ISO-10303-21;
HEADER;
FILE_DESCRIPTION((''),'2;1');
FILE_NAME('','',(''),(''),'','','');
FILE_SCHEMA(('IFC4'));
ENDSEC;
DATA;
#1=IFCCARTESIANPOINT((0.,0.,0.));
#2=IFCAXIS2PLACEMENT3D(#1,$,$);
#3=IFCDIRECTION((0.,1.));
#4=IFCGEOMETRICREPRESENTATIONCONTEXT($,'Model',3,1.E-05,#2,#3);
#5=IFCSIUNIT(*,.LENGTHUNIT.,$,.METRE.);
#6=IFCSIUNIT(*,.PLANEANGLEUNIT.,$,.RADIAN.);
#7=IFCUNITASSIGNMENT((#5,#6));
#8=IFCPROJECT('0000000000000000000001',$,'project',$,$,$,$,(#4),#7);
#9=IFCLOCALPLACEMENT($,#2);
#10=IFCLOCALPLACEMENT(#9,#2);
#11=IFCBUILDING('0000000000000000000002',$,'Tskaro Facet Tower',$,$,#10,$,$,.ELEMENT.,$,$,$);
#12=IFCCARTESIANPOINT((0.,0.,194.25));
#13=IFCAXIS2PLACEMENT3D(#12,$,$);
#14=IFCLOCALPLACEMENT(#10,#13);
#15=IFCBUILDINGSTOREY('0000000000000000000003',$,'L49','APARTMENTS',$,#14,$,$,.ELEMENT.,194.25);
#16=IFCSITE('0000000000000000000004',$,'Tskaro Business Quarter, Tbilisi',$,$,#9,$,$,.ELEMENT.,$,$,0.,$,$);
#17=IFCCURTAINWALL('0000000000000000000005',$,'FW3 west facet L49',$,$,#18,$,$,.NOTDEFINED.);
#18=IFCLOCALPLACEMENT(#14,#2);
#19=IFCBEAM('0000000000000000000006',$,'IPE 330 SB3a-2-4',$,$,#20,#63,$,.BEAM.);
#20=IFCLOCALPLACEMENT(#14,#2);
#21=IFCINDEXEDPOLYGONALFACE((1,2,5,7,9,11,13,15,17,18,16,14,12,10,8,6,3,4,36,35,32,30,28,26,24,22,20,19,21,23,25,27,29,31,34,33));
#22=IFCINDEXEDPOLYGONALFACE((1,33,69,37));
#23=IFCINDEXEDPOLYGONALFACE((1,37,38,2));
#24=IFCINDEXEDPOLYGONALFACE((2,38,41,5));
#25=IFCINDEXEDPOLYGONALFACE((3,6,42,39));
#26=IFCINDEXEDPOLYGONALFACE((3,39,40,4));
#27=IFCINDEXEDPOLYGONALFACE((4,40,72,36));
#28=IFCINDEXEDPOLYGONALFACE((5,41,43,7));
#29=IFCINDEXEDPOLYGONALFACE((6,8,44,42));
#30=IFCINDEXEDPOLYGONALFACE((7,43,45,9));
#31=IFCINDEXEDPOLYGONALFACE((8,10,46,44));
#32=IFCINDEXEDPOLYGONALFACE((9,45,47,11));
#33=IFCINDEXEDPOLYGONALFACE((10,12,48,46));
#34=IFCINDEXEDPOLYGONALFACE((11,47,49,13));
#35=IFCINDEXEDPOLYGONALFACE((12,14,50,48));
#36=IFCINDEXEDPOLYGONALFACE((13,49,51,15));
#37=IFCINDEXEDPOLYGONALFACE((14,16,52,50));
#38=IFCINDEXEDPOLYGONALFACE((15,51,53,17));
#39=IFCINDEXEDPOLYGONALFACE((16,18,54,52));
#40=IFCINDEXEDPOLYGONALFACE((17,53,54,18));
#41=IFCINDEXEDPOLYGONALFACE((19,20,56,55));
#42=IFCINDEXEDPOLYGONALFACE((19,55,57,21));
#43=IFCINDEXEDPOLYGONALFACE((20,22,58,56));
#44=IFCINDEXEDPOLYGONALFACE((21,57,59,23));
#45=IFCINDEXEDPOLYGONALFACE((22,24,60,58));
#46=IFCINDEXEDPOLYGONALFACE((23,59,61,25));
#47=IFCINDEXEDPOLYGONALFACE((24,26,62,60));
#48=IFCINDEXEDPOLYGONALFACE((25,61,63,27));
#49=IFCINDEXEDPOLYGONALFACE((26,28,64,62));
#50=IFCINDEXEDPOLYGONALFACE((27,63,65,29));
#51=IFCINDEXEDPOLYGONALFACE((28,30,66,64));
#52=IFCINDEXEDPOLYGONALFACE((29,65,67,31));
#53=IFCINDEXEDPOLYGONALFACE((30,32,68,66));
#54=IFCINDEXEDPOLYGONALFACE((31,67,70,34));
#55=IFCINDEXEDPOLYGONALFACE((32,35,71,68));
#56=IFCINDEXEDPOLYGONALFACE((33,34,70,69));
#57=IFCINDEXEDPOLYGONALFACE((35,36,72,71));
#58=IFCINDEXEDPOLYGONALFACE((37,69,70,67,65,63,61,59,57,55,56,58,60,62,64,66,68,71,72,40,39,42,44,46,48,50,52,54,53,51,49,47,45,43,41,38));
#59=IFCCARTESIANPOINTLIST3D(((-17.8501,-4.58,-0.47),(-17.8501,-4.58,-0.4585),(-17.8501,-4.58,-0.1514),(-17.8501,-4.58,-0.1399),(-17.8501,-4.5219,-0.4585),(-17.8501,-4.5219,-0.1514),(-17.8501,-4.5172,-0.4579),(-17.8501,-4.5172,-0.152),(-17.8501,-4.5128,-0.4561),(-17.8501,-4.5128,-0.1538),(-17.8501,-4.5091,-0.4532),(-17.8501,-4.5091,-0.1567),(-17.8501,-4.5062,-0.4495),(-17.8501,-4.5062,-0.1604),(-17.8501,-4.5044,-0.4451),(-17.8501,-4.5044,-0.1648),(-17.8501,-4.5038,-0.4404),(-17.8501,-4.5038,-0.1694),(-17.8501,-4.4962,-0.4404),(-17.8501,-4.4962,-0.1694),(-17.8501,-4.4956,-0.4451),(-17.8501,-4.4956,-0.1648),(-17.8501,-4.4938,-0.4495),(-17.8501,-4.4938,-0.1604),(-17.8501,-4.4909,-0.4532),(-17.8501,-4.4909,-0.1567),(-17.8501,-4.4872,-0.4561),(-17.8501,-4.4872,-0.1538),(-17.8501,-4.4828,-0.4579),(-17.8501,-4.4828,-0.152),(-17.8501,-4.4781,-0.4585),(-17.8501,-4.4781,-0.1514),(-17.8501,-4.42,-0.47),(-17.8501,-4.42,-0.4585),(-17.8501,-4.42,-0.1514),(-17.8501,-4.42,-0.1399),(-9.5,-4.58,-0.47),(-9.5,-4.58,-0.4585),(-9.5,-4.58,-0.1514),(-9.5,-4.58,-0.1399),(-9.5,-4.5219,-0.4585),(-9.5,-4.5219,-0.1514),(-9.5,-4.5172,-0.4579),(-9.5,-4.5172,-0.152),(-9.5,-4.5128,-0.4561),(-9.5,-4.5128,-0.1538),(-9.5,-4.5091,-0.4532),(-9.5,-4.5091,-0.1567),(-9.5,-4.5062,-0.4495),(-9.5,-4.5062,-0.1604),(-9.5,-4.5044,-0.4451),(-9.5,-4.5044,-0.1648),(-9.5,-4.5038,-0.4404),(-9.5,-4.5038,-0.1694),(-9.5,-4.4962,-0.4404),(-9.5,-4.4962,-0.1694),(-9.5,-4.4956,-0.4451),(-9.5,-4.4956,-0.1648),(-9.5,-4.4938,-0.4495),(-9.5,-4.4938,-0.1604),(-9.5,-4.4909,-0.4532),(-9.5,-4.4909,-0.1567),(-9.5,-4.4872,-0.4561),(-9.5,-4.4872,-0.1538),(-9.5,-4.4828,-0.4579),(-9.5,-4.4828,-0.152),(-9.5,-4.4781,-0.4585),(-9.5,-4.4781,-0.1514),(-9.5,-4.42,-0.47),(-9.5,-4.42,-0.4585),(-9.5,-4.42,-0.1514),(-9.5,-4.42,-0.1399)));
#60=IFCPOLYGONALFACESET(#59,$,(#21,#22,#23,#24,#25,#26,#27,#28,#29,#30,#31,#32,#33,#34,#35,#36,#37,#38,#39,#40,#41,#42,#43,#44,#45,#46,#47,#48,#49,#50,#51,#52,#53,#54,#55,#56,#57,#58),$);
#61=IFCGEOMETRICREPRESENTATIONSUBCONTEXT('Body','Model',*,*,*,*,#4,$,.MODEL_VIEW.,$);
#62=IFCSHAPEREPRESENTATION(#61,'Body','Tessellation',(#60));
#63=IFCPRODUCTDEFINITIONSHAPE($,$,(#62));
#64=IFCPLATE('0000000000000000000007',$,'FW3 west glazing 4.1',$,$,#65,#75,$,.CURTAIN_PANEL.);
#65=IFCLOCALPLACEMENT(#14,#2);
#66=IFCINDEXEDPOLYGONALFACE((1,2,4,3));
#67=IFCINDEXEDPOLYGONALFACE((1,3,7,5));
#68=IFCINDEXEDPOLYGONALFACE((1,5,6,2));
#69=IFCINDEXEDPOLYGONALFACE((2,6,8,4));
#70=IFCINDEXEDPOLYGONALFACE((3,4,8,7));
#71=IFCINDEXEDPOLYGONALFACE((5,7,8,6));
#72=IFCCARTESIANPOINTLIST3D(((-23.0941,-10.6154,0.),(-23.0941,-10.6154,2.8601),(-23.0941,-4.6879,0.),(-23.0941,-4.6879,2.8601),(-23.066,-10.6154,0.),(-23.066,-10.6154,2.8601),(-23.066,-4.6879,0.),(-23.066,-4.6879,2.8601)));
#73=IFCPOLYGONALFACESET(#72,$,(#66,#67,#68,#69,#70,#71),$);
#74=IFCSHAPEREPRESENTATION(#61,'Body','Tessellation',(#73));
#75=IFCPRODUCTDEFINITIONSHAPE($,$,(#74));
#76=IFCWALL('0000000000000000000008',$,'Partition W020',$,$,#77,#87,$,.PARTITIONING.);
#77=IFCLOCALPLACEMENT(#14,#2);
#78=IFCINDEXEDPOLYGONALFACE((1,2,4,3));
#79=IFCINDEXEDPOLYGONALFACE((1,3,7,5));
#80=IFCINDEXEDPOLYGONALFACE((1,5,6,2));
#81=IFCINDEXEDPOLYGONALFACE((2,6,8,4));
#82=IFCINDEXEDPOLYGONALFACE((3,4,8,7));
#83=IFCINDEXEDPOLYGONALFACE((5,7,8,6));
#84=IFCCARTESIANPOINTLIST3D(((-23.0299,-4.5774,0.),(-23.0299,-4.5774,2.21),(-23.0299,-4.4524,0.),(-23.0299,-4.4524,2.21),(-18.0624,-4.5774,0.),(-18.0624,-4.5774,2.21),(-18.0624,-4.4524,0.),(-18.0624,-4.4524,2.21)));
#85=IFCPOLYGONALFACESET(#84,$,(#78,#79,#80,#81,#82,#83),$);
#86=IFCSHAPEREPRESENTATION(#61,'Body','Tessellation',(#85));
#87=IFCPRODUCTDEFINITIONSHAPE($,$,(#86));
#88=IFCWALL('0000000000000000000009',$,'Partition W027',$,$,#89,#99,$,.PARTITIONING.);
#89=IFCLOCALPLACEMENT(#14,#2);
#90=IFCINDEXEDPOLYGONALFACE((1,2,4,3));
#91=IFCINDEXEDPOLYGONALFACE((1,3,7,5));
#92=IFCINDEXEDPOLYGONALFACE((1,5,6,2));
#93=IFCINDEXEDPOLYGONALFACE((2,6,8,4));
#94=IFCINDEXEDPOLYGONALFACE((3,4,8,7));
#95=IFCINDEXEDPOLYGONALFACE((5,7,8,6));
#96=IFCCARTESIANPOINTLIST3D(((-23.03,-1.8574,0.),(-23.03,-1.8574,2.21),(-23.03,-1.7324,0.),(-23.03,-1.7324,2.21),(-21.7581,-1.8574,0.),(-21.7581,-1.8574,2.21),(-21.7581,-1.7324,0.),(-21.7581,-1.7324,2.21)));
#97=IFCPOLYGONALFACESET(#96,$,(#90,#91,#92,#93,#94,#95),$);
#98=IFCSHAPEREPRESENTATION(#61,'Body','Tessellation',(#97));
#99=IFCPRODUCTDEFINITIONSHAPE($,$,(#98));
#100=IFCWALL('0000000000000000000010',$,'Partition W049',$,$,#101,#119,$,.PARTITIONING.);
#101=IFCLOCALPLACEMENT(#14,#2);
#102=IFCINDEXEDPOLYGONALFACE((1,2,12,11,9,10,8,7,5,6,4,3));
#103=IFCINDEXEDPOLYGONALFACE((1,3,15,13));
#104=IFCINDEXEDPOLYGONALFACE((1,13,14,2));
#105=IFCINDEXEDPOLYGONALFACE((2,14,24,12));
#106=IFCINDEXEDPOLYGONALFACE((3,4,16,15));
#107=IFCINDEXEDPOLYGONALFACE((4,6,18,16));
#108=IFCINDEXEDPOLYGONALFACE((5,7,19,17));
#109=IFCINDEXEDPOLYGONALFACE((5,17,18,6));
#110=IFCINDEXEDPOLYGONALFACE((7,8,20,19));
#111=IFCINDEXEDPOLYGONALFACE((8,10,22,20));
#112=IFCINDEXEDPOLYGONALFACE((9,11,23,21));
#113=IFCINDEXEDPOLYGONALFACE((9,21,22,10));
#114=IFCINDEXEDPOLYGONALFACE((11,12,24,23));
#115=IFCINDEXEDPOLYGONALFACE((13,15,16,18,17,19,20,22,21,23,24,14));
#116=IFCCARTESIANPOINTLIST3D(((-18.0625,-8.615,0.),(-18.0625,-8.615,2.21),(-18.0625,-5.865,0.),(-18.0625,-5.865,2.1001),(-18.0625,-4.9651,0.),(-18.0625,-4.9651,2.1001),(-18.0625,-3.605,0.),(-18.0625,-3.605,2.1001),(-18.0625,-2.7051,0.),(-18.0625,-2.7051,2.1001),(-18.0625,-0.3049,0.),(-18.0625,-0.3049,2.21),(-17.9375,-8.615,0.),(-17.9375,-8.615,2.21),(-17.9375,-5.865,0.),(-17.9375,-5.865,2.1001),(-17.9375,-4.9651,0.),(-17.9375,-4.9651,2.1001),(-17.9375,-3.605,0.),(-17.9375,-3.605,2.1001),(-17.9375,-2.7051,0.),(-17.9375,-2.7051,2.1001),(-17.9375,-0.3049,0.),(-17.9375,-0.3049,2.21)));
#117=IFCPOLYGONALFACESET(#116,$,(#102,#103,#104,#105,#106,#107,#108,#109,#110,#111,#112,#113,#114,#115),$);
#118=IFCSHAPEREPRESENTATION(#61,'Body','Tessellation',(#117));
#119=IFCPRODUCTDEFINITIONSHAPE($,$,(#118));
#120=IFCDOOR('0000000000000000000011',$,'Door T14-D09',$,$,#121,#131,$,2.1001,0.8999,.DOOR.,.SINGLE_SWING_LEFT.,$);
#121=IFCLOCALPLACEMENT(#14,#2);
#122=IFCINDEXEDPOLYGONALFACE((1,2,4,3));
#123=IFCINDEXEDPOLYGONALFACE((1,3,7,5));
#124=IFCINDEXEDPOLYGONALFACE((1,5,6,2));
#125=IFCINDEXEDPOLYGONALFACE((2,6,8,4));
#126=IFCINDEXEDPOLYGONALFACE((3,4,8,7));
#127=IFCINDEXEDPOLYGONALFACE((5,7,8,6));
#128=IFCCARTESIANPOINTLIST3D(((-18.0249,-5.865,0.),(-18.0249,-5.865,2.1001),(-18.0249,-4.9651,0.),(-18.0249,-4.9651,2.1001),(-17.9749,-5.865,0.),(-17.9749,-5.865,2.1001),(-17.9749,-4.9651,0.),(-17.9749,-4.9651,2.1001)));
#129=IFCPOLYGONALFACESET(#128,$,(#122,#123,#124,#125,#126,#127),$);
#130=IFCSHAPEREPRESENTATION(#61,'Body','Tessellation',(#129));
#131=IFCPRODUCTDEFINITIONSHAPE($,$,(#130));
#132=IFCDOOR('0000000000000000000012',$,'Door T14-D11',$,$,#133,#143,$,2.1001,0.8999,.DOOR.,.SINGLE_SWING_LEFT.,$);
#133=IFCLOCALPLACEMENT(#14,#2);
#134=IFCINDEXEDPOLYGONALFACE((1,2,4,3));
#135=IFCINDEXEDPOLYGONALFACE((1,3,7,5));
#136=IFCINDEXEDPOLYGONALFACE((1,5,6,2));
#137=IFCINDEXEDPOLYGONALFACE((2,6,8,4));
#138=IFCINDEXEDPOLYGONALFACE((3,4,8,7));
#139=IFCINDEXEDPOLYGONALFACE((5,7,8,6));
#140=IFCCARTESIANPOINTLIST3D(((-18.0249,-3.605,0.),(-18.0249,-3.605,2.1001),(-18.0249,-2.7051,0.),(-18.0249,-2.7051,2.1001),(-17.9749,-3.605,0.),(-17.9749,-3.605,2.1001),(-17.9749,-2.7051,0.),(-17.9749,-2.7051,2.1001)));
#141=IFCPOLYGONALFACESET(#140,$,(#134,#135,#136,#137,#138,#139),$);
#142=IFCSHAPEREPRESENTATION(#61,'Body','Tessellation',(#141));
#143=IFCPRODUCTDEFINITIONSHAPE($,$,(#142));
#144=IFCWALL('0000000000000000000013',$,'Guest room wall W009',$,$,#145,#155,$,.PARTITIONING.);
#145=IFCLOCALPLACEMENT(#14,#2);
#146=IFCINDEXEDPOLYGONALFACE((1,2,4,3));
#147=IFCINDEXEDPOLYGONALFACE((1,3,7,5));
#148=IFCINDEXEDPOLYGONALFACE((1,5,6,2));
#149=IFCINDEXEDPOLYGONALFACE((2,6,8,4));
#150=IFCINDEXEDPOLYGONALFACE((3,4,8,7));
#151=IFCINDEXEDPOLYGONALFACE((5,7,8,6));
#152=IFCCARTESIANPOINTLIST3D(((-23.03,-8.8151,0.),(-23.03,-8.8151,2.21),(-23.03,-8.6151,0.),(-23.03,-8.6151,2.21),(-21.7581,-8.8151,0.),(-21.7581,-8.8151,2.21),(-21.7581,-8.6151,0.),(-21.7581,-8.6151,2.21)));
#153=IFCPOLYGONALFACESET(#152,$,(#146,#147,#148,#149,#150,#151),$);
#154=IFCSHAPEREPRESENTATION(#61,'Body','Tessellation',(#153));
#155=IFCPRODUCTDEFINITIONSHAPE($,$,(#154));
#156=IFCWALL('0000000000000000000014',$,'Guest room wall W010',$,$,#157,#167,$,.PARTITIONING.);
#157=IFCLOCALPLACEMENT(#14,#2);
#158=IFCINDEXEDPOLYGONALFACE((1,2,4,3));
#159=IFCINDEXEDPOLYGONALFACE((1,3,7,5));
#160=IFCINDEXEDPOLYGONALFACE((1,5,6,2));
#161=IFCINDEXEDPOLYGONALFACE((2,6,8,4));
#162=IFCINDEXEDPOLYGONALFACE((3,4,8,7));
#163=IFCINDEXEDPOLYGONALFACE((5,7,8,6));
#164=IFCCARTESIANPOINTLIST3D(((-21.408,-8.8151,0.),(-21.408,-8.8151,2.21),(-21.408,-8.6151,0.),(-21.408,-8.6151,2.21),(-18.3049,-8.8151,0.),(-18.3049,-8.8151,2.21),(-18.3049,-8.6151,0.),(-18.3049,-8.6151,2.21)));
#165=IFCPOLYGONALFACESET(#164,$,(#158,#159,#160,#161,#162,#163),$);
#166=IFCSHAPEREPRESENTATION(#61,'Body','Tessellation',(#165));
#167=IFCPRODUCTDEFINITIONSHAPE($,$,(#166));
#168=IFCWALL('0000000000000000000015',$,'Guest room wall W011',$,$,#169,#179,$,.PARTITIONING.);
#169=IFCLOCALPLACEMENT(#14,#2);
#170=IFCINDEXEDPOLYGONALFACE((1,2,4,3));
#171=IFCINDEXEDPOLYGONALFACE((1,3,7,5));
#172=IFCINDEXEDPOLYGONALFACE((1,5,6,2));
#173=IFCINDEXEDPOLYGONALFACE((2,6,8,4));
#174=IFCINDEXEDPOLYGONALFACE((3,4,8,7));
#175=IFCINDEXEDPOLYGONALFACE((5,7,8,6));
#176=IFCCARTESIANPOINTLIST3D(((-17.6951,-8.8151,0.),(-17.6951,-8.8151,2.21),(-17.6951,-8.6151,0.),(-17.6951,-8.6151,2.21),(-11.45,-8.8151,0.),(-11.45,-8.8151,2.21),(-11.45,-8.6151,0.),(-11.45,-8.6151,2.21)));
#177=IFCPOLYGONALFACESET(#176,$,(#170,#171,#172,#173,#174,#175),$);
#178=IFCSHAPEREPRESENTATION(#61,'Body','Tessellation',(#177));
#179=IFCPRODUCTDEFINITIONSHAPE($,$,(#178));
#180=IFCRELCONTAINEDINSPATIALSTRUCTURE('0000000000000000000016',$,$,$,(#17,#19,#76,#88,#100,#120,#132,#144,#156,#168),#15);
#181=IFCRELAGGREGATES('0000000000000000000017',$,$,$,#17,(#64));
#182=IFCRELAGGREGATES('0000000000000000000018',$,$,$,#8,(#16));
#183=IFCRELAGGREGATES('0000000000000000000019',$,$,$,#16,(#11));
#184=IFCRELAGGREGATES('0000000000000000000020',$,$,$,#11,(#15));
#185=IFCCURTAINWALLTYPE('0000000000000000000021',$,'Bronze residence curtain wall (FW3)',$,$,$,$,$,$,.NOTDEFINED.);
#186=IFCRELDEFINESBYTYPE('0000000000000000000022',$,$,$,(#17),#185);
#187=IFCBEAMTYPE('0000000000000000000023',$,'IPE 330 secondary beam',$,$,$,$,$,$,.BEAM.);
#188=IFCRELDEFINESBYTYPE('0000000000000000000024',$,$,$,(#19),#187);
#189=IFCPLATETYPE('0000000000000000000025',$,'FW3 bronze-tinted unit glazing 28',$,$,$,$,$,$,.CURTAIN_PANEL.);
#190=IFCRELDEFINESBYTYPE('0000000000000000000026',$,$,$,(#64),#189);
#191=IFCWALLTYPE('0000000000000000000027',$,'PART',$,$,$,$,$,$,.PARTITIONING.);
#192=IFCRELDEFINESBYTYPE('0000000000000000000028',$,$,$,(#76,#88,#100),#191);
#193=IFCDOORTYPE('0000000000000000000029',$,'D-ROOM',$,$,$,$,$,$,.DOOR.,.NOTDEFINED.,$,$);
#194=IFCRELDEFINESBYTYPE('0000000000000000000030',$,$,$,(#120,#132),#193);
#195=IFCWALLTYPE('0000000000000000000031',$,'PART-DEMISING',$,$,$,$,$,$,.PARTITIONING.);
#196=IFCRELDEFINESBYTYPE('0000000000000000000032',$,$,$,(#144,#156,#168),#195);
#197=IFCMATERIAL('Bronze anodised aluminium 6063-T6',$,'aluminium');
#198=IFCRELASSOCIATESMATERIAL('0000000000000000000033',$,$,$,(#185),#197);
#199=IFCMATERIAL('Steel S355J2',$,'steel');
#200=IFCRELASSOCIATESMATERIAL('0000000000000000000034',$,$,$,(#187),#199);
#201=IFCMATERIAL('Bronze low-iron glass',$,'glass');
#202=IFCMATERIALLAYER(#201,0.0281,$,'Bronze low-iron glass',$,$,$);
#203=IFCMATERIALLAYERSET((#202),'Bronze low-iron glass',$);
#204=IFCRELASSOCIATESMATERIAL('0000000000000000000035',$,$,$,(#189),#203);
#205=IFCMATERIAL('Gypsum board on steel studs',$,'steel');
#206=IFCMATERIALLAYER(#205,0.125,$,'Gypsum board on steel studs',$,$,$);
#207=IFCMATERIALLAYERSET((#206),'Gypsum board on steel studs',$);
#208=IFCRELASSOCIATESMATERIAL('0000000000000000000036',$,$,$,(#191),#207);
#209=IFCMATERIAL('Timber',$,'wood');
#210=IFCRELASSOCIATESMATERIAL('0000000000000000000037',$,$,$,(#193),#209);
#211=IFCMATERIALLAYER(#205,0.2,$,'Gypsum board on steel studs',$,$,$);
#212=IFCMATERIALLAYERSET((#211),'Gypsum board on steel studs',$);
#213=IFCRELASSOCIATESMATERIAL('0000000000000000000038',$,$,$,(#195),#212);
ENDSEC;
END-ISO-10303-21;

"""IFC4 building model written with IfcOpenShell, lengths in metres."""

from ifc_helpers import new_model, si_unit, direction, frame, frame_2d, origin, origin_2d, place, context, subcontext, project, spatial, rectangle, i_section, extrude, material, layer, layer_set, material_profile, profile_set, type_object, element, fill, aggregate, save


model = new_model("IFC4")

# Units and contexts
model_context = context("Model", 3, precision=1e-05, world=origin(), true_north=direction((0.0, 1.0)))
body_context = subcontext(model_context, "Body", "Model", "MODEL_VIEW")
ifc_project = project(units=[si_unit("LENGTHUNIT", "METRE"), si_unit("PLANEANGLEUNIT", "RADIAN")], contexts=[model_context])

# Site, building, storey
site_placement = place(None, origin())
site = spatial("IfcSite", under=ifc_project, at=site_placement, Name="Tskaro Business Quarter, Tbilisi", CompositionType="ELEMENT", RefElevation=0.0)
building_placement = place(site_placement, origin())
building = spatial("IfcBuilding", under=site, at=building_placement, Name="Tskaro Facet Tower", CompositionType="ELEMENT")
storey_placement = place(building_placement, frame((0.0, 0.0, 194.25)))
storey = spatial("IfcBuildingStorey", under=building, at=storey_placement, Name="L49", Description="APARTMENTS", CompositionType="ELEMENT", Elevation=194.25)

# Curtain wall
ifc_material_1 = material(Name="Bronze anodised aluminium 6063-T6", Category="aluminium")
curtain_wall_type = type_object("IfcCurtainWallType", Name="Bronze residence curtain wall (FW3)", PredefinedType="NOTDEFINED", material=ifc_material_1)
curtain_wall_placement = place(storey_placement, origin())
curtain_wall = element("IfcCurtainWall", 1, at=curtain_wall_placement, inside=storey, type_object=curtain_wall_type, Name="FW3 west facet L49", PredefinedType="NOTDEFINED")

# Beam
ifc_material_2 = material(Name="Steel S355J2", Category="steel")
ifc_material_profile_1 = material_profile(ifc_material_2, i_section(OverallWidth=0.1599, OverallDepth=0.3301, WebThickness=0.0076, FlangeThickness=0.0115, FilletRadius=0.0181, at=origin_2d()), Name="IPE 330")
ifc_profile_set_1 = profile_set([ifc_material_profile_1], Name="Steel S355J2")
beam_type_1 = type_object("IfcBeamType", Name="IPE 330 secondary beam", PredefinedType="BEAM", material=ifc_profile_set_1)
beam_1_placement = place(storey_placement, frame((-17.8501, -4.5, -0.3049), z_axis=(1.0, 0.0, 0.0), x_axis=(0.0, 1.0, 0.0)))
element("IfcBeam", 2, at=beam_1_placement, inside=storey, type_object=beam_type_1, Name="IPE 330 SB3a-2-4", PredefinedType="BEAM", context=body_context, shape_type="SweptSolid", body=[
    extrude(i_section(OverallWidth=0.1599, OverallDepth=0.3301, WebThickness=0.0076, FlangeThickness=0.0115, FilletRadius=0.0181, at=origin_2d()), origin(), (0.0, 0.0, 1.0), 8.3501),
])

# Plate
ifc_material_3 = material(Name="Bronze low-iron glass", Category="glass")
ifc_layer_1 = layer(ifc_material_3, 0.0281, Name="Bronze low-iron glass")
ifc_layer_set_1 = layer_set([ifc_layer_1], Name="Bronze low-iron glass")
plate_type = type_object("IfcPlateType", Name="FW3 bronze-tinted unit glazing 28", PredefinedType="CURTAIN_PANEL", material=ifc_layer_set_1)
plate_placement = place(storey_placement, frame((-23.0801, -7.6516, 0.0), z_axis=(0.0, 0.0, 1.0), x_axis=(0.0, -1.0, 0.0)))
plate = element("IfcPlate", 3, at=plate_placement, type_object=plate_type, Name="FW3 west glazing 4.1", PredefinedType="CURTAIN_PANEL", context=body_context, shape_type="SweptSolid", body=[
    extrude(rectangle(XDim=5.9275, YDim=0.0281, at=origin_2d()), origin(), (0.0, 0.0, 1.0), 2.8601),
])
aggregate(curtain_wall, [plate])

# Walls
ifc_material_4 = material(Name="Gypsum board on steel studs", Category="steel")
ifc_layer_2 = layer(ifc_material_4, 0.125, Name="Gypsum board on steel studs")
ifc_layer_set_2 = layer_set([ifc_layer_2], Name="Gypsum board on steel studs")
wall_type_1 = type_object("IfcWallType", Name="PART", PredefinedType="PARTITIONING", material=ifc_layer_set_2)
wall_1_placement = place(storey_placement, frame((-23.03, -4.5149, 0.0), z_axis=(0.0, 0.0, 1.0), x_axis=(1.0, 0.0, 0.0)))
element("IfcWall", 4, at=wall_1_placement, inside=storey, type_object=wall_type_1, Name="Partition W020", PredefinedType="PARTITIONING", context=body_context, shape_type="SweptSolid", body=[
    extrude(rectangle(XDim=4.9675, YDim=0.125, at=frame_2d((2.4839, 0.0))), origin(), (0.0, 0.0, 1.0), 2.21),
])
wall_2_placement = place(storey_placement, frame((-23.03, -1.7949, 0.0), z_axis=(0.0, 0.0, 1.0), x_axis=(1.0, 0.0, 0.0)))
element("IfcWall", 5, at=wall_2_placement, inside=storey, type_object=wall_type_1, Name="Partition W027", PredefinedType="PARTITIONING", context=body_context, shape_type="SweptSolid", body=[
    extrude(rectangle(XDim=1.272, YDim=0.125, at=frame_2d((0.636, 0.0))), origin(), (0.0, 0.0, 1.0), 2.21),
])

# Wall, openings, doors
wall_3_placement = place(storey_placement, frame((-18.0, -8.615, 0.0), z_axis=(0.0, 0.0, 1.0), x_axis=(0.0, 1.0, 0.0)))
wall_3 = element("IfcWall", 6, at=wall_3_placement, inside=storey, type_object=wall_type_1, Name="Partition W049", PredefinedType="PARTITIONING", context=body_context, shape_type="SweptSolid", body=[
    extrude(rectangle(XDim=8.3101, YDim=0.125, at=frame_2d((4.155, 0.0))), origin(), (0.0, 0.0, 1.0), 2.21),
])
opening_1_placement = place(wall_3_placement, frame((2.75, 0.0, 0.0)))
opening_1 = element("IfcOpeningElement", 7, at=opening_1_placement, cuts=wall_3, PredefinedType="OPENING", context=body_context, shape_type="SweptSolid", body=[
    extrude(rectangle(XDim=0.8999, YDim=2.1001, at=frame_2d((0.45, 1.05))), frame((0.0, 0.0725, 0.0), z_axis=(0.0, -1.0, 0.0), x_axis=(1.0, 0.0, 0.0)), (0.0, 0.0, 1.0), 0.145),
])
opening_2_placement = place(wall_3_placement, frame((5.01, 0.0, 0.0)))
opening_2 = element("IfcOpeningElement", 8, at=opening_2_placement, cuts=wall_3, PredefinedType="OPENING", context=body_context, shape_type="SweptSolid", body=[
    extrude(rectangle(XDim=0.8999, YDim=2.1001, at=frame_2d((0.45, 1.05))), frame((0.0, 0.0725, 0.0), z_axis=(0.0, -1.0, 0.0), x_axis=(1.0, 0.0, 0.0)), (0.0, 0.0, 1.0), 0.145),
])
ifc_material_5 = material(Name="Timber", Category="wood")
door_type = type_object("IfcDoorType", Name="D-ROOM", OperationType="NOTDEFINED", PredefinedType="DOOR", material=ifc_material_5)
door_1_placement = place(opening_1_placement, origin())
door_1 = element("IfcDoor", 9, at=door_1_placement, inside=storey, type_object=door_type, Name="Door T14-D09", OperationType="SINGLE_SWING_LEFT", OverallHeight=2.1001, OverallWidth=0.8999, PredefinedType="DOOR", context=body_context, shape_type="SweptSolid", body=[
    extrude(rectangle(XDim=0.8999, YDim=2.1001, at=frame_2d((0.45, 1.05))), frame((0.0, 0.0249, 0.0), z_axis=(0.0, -1.0, 0.0), x_axis=(1.0, 0.0, 0.0)), (0.0, 0.0, 1.0), 0.05),
])
fill(opening_1, door_1)
door_2_placement = place(opening_2_placement, origin())
door_2 = element("IfcDoor", 10, at=door_2_placement, inside=storey, type_object=door_type, Name="Door T14-D11", OperationType="SINGLE_SWING_LEFT", OverallHeight=2.1001, OverallWidth=0.8999, PredefinedType="DOOR", context=body_context, shape_type="SweptSolid", body=[
    extrude(rectangle(XDim=0.8999, YDim=2.1001, at=frame_2d((0.45, 1.05))), frame((0.0, 0.0249, 0.0), z_axis=(0.0, -1.0, 0.0), x_axis=(1.0, 0.0, 0.0)), (0.0, 0.0, 1.0), 0.05),
])
fill(opening_2, door_2)

# Walls
ifc_layer_3 = layer(ifc_material_4, 0.2, Name="Gypsum board on steel studs")
ifc_layer_set_3 = layer_set([ifc_layer_3], Name="Gypsum board on steel studs")
wall_type_2 = type_object("IfcWallType", Name="PART-DEMISING", PredefinedType="PARTITIONING", material=ifc_layer_set_3)
wall_4_placement = place(storey_placement, frame((-23.03, -8.7151, 0.0), z_axis=(0.0, 0.0, 1.0), x_axis=(1.0, 0.0, 0.0)))
element("IfcWall", 11, at=wall_4_placement, inside=storey, type_object=wall_type_2, Name="Guest room wall W009", PredefinedType="PARTITIONING", context=body_context, shape_type="SweptSolid", body=[
    extrude(rectangle(XDim=1.272, YDim=0.2, at=frame_2d((0.636, 0.0))), origin(), (0.0, 0.0, 1.0), 2.21),
])
wall_5_placement = place(storey_placement, frame((-21.408, -8.7151, 0.0), z_axis=(0.0, 0.0, 1.0), x_axis=(1.0, 0.0, 0.0)))
element("IfcWall", 12, at=wall_5_placement, inside=storey, type_object=wall_type_2, Name="Guest room wall W010", PredefinedType="PARTITIONING", context=body_context, shape_type="SweptSolid", body=[
    extrude(rectangle(XDim=3.103, YDim=0.2, at=frame_2d((1.5515, 0.0))), origin(), (0.0, 0.0, 1.0), 2.21),
])
wall_6_placement = place(storey_placement, frame((-17.6951, -8.7151, 0.0), z_axis=(0.0, 0.0, 1.0), x_axis=(1.0, 0.0, 0.0)))
element("IfcWall", 13, at=wall_6_placement, inside=storey, type_object=wall_type_2, Name="Guest room wall W011", PredefinedType="PARTITIONING", context=body_context, shape_type="SweptSolid", body=[
    extrude(rectangle(XDim=6.2451, YDim=0.2, at=frame_2d((3.1226, 0.0))), origin(), (0.0, 0.0, 1.0), 2.21),
])

save(model, "model.ifc")
